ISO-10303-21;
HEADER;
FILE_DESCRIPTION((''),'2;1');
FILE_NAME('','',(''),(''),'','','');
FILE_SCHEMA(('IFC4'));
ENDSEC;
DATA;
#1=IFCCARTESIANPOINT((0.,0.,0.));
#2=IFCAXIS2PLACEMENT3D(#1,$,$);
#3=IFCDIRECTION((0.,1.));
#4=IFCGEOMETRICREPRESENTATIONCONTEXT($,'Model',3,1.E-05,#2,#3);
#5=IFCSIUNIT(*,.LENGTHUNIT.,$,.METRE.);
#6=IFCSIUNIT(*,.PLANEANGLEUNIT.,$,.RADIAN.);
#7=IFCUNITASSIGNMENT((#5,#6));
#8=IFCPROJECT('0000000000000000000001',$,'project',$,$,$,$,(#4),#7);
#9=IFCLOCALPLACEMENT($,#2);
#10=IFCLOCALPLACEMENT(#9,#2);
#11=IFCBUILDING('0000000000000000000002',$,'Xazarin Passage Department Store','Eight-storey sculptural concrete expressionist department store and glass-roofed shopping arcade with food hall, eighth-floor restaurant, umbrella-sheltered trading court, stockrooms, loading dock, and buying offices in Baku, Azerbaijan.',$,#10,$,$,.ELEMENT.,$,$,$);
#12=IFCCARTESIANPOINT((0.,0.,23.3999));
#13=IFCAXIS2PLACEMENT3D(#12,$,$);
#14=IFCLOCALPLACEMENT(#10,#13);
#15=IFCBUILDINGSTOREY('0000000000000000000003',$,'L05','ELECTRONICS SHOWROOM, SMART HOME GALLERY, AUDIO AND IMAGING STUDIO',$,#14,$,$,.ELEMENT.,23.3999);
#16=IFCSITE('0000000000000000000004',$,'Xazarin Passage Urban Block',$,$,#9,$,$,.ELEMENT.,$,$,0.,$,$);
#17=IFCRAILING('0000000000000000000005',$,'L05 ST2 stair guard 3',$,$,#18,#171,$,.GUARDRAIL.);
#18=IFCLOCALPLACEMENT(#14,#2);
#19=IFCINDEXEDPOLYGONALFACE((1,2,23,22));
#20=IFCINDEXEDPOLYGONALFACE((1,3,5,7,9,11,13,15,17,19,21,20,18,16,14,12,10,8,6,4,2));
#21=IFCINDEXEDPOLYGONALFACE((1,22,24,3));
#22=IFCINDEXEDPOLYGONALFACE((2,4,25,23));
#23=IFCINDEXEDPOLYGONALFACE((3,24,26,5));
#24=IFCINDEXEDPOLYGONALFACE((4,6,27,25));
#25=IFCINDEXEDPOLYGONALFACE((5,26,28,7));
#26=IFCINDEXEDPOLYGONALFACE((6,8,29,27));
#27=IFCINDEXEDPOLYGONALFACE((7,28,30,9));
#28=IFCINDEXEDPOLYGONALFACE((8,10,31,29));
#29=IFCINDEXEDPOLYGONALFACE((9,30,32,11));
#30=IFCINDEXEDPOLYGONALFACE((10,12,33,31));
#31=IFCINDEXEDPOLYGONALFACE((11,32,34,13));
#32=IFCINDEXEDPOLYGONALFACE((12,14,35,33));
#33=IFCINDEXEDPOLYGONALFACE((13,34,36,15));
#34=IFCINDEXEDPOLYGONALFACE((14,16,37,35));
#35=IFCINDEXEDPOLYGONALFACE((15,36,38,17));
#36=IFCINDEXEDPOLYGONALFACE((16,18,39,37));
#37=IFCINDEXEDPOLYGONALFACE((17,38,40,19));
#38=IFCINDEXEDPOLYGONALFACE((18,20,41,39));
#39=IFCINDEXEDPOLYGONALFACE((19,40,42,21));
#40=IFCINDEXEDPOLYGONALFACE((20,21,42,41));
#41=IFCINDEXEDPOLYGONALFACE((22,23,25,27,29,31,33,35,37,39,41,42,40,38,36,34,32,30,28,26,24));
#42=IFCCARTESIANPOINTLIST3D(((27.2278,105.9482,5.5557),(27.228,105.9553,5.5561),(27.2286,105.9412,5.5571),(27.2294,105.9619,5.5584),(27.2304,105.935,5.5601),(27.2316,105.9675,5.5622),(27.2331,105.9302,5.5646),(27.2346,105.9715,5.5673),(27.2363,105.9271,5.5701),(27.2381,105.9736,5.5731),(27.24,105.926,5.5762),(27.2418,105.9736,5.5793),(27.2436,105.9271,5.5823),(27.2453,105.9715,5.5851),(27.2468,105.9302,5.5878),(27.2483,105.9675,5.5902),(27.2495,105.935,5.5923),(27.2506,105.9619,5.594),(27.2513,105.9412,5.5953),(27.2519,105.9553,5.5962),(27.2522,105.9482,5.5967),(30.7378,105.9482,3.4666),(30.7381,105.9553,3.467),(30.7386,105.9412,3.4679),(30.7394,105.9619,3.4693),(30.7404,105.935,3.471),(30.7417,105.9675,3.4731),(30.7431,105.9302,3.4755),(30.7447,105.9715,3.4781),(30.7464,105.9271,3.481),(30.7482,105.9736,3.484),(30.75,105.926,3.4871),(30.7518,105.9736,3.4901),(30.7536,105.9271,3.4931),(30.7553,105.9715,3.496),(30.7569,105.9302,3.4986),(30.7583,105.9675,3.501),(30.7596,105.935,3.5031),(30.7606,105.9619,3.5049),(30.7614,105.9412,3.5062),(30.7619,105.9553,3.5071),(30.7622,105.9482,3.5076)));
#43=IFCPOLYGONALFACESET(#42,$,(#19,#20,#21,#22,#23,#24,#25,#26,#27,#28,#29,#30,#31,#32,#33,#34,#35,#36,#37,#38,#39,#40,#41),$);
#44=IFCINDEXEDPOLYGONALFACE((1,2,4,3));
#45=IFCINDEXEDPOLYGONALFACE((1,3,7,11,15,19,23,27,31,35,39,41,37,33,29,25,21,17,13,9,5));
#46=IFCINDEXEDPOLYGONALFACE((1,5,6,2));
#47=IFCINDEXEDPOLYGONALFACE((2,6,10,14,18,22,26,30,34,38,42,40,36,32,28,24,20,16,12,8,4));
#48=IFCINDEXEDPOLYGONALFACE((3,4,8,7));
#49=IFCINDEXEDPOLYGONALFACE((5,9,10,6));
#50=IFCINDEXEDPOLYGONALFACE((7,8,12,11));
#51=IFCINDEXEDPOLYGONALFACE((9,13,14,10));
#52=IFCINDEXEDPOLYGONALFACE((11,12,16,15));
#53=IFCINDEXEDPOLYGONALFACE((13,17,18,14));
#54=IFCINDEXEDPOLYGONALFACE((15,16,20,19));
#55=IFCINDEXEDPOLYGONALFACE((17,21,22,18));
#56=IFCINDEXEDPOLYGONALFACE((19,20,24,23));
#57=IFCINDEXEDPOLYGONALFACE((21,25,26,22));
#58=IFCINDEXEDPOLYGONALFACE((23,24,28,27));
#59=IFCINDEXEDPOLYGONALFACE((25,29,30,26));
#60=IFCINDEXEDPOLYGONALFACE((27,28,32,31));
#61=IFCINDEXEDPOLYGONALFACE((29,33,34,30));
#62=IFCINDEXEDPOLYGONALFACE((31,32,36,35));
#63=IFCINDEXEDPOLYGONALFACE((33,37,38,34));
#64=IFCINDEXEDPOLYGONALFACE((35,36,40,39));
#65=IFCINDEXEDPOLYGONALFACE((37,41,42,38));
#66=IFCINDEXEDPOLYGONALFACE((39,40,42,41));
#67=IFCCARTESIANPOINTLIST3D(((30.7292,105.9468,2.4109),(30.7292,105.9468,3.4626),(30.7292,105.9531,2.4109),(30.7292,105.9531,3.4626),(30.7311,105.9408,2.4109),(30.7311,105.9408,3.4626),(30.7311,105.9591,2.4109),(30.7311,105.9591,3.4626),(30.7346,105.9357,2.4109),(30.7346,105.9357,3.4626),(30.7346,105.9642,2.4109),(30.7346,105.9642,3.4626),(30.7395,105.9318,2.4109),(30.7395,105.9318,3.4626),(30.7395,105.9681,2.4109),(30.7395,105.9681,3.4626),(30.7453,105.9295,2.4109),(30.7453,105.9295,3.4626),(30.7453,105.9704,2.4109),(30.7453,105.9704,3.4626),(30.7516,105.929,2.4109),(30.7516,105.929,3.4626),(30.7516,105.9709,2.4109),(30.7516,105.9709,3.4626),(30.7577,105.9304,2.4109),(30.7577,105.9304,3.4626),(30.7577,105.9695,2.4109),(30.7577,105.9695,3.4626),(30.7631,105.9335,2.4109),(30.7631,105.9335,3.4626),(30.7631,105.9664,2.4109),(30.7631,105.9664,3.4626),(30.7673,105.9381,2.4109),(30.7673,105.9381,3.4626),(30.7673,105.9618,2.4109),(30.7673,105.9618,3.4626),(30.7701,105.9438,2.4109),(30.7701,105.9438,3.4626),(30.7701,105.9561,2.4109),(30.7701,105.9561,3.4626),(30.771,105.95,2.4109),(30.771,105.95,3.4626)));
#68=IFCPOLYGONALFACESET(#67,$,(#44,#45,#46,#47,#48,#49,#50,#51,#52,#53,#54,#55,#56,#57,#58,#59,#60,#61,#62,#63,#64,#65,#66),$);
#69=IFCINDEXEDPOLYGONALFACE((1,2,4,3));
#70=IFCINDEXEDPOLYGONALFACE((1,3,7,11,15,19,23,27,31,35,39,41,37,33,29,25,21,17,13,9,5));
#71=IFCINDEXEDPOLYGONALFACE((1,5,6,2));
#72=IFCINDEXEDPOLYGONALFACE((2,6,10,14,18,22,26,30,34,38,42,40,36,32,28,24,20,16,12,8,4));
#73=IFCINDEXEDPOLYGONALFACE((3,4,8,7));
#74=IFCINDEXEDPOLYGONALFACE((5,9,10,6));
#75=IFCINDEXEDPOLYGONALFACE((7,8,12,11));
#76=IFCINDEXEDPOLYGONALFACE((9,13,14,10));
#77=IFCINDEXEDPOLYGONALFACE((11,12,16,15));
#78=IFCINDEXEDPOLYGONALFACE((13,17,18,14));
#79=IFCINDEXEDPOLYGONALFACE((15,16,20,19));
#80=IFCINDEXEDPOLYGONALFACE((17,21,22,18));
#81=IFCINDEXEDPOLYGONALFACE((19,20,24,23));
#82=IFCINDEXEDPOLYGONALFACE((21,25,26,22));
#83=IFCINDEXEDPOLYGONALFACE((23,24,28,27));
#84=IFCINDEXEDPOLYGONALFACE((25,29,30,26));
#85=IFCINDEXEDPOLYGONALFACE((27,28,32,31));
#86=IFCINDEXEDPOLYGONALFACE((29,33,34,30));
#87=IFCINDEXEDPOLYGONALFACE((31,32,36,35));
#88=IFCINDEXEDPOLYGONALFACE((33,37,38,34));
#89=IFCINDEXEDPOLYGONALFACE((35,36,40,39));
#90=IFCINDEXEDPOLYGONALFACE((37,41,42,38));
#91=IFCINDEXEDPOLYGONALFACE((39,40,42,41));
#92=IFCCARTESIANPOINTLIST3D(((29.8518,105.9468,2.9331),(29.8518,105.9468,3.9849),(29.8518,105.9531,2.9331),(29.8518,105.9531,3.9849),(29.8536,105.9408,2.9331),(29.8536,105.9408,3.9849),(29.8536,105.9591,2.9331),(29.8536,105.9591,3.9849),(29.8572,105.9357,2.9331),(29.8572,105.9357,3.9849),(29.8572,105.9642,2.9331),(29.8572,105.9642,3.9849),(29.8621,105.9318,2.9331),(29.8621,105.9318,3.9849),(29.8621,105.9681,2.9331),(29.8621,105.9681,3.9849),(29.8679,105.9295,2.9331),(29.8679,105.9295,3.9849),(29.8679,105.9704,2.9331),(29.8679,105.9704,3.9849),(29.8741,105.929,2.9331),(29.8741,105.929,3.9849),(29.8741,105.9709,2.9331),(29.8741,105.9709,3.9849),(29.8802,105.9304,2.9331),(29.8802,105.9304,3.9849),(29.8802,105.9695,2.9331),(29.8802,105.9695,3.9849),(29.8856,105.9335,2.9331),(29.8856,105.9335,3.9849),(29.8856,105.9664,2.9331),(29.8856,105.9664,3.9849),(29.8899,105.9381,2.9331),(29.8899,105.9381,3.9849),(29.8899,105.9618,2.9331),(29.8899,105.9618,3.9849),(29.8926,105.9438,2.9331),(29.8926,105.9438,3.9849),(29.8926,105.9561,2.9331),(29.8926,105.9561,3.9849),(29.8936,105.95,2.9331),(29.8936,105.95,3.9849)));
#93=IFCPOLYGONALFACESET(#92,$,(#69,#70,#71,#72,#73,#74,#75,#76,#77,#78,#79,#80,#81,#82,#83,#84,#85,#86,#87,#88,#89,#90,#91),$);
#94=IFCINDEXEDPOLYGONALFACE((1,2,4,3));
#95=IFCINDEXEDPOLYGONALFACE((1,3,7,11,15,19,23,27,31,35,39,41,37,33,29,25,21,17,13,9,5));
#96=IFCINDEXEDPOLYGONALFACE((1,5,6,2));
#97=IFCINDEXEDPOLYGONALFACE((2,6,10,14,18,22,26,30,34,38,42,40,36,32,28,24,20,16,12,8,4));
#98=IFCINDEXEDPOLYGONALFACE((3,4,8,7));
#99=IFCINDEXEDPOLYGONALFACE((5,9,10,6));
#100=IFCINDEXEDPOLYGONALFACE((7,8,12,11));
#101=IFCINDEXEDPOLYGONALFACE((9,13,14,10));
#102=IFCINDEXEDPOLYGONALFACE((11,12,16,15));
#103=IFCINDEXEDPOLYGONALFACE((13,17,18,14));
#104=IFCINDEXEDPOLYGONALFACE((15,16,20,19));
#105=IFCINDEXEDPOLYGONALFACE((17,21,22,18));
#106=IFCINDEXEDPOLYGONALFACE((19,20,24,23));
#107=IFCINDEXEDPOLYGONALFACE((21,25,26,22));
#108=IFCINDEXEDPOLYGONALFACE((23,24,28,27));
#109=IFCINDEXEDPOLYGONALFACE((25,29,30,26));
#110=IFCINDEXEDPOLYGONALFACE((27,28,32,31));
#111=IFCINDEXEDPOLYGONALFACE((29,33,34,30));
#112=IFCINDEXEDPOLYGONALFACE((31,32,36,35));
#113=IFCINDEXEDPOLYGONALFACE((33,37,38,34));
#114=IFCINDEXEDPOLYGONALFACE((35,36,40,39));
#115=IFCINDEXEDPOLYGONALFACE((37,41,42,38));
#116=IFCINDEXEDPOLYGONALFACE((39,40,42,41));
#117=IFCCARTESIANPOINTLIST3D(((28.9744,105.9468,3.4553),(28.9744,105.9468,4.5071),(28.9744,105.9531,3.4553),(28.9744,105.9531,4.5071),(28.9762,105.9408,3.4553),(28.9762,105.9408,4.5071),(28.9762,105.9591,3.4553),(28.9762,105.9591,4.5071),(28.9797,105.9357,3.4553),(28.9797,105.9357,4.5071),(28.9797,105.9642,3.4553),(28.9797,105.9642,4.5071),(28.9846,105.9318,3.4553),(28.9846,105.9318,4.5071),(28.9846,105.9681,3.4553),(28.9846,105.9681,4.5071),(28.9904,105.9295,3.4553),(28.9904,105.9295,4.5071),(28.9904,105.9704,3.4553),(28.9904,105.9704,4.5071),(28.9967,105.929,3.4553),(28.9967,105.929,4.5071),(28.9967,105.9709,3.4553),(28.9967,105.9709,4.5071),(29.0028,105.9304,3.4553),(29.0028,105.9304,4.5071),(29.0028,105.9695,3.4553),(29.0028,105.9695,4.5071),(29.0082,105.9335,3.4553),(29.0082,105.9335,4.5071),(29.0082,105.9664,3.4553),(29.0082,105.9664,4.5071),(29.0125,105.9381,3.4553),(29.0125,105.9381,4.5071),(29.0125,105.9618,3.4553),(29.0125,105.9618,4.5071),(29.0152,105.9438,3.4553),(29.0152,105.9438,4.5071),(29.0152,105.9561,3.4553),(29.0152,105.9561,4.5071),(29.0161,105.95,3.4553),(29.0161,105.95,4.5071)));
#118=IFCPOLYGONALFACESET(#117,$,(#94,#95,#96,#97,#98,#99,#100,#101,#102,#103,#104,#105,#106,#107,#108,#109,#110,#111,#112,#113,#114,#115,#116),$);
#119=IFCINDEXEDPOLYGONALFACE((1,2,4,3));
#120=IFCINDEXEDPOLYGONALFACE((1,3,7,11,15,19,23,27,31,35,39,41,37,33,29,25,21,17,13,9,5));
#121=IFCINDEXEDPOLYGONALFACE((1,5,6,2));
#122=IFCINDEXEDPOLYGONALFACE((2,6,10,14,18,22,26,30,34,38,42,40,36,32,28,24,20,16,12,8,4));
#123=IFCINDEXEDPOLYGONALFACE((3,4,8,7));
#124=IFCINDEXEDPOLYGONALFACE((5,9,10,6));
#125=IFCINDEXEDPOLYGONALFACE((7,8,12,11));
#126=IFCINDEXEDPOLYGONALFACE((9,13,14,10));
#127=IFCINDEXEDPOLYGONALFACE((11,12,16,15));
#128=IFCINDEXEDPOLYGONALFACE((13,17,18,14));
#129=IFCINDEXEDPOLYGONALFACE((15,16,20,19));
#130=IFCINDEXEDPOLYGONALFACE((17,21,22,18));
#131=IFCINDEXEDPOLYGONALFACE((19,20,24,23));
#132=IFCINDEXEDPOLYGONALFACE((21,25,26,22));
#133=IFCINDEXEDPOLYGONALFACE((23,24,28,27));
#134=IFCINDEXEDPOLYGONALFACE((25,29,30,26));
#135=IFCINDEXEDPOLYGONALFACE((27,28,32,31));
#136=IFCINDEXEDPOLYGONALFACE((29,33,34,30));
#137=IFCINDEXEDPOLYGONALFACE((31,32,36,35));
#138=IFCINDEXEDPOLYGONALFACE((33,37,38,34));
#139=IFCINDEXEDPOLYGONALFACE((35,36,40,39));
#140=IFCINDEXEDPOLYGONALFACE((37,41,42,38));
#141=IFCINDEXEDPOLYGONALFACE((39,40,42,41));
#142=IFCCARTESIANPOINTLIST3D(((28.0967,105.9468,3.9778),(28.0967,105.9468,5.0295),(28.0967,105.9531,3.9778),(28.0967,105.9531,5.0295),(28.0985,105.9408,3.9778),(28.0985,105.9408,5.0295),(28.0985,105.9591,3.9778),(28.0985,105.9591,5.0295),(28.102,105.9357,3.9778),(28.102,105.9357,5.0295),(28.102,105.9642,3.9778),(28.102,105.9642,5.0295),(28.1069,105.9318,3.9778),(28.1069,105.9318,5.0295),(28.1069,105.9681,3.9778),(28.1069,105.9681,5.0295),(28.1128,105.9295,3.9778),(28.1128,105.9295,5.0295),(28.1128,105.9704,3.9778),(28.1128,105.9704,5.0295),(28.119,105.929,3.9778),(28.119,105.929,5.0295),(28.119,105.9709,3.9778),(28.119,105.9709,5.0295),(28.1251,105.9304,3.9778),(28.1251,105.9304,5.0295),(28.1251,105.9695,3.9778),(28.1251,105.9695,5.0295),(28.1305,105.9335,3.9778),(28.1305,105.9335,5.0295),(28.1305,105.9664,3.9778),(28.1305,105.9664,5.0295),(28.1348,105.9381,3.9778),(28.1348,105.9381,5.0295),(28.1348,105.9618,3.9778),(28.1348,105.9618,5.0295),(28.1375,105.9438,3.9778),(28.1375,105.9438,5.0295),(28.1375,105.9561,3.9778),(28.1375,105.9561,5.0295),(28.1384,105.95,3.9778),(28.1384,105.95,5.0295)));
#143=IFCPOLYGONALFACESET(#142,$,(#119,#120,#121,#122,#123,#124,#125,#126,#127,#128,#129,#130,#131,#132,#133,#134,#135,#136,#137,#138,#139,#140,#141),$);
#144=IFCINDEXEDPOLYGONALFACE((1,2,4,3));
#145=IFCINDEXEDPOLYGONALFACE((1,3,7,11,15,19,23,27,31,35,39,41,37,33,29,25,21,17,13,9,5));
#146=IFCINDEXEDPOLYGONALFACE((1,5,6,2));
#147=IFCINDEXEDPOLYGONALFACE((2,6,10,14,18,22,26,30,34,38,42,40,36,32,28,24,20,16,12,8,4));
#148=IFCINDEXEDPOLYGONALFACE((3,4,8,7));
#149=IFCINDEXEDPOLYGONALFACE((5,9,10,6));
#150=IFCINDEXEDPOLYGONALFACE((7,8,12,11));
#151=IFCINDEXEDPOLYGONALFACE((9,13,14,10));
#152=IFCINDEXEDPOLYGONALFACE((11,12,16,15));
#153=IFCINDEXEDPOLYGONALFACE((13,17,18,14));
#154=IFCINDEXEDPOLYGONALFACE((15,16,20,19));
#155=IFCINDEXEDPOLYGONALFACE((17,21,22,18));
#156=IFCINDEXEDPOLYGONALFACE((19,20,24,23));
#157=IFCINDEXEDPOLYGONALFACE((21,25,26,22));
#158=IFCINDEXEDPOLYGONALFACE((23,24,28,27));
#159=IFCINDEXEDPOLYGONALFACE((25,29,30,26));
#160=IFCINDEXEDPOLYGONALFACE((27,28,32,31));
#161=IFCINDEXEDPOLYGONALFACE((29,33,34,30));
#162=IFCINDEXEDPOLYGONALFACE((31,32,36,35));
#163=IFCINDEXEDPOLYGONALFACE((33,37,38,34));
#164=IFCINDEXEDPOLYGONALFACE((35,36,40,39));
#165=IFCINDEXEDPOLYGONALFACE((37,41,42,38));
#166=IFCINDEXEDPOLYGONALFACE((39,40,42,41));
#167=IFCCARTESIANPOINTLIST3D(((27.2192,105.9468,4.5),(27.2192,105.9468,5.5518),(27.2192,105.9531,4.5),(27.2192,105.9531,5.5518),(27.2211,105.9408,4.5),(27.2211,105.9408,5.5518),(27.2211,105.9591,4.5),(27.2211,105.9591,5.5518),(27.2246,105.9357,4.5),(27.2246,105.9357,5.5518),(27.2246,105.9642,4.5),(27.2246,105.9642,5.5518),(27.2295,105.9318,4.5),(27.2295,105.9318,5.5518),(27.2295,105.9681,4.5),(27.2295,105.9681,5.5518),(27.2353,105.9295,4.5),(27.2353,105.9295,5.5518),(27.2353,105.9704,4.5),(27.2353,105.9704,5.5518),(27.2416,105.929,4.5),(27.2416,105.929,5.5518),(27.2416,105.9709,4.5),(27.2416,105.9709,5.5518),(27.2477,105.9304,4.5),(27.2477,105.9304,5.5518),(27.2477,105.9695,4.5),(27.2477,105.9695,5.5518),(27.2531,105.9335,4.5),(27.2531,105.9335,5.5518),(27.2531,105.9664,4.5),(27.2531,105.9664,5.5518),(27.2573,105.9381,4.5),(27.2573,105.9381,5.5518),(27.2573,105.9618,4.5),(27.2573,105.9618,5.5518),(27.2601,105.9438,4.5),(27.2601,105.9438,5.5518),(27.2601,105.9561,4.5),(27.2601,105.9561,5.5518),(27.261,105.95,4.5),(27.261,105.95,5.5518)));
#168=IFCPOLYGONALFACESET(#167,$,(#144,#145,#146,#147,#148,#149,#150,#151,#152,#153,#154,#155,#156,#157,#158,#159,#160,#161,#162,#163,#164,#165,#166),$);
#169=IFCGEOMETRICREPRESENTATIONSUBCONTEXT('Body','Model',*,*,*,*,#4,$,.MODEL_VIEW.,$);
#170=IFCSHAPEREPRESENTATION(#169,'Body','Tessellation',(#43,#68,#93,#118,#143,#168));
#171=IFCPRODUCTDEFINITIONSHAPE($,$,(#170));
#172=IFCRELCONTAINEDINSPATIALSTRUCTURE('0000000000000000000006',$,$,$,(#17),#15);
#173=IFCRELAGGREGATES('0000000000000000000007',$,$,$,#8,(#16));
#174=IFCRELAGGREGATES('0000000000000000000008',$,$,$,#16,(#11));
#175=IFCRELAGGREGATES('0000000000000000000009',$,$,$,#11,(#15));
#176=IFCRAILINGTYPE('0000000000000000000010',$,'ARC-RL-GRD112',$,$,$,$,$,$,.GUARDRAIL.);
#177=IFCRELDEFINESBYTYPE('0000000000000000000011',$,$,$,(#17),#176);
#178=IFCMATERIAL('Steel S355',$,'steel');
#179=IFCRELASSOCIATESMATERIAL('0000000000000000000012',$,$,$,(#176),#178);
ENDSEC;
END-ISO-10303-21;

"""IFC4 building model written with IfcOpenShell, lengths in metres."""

from ifc_helpers import new_model, si_unit, direction, frame, origin, origin_2d, place, context, subcontext, project, spatial, circle, extrude, material, type_object, element, save


model = new_model("IFC4")

# Units and contexts
model_context = context("Model", 3, precision=1e-05, world=origin(), true_north=direction((0.0, 1.0)))
body_context = subcontext(model_context, "Body", "Model", "MODEL_VIEW")
ifc_project = project(units=[si_unit("LENGTHUNIT", "METRE"), si_unit("PLANEANGLEUNIT", "RADIAN")], contexts=[model_context])

# Site, building, storey
site_placement = place(None, origin())
site = spatial("IfcSite", under=ifc_project, at=site_placement, Name="Xazarin Passage Urban Block", CompositionType="ELEMENT", RefElevation=0.0)
building_placement = place(site_placement, origin())
building = spatial("IfcBuilding", under=site, at=building_placement, Name="Xazarin Passage Department Store", Description="Eight-storey sculptural concrete expressionist department store and glass-roofed shopping arcade with food hall, eighth-floor restaurant, umbrella-sheltered trading court, stockrooms, loading dock, and buying offices in Baku, Azerbaijan.", CompositionType="ELEMENT")
storey_placement = place(building_placement, frame((0.0, 0.0, 23.3999)))
storey = spatial("IfcBuildingStorey", under=building, at=storey_placement, Name="L05", Description="ELECTRONICS SHOWROOM, SMART HOME GALLERY, AUDIO AND IMAGING STUDIO", CompositionType="ELEMENT", Elevation=23.3999)

# Railing
ifc_material_1 = material(Name="Steel S355", Category="steel")
railing_type_1 = type_object("IfcRailingType", Name="ARC-RL-GRD112", PredefinedType="GUARDRAIL", material=ifc_material_1)
railing_1_placement = place(storey_placement, frame((30.75, 105.95, 2.4109)))
element("IfcRailing", 1, at=railing_1_placement, inside=storey, type_object=railing_type_1, Name="L05 ST2 stair guard 3", PredefinedType="GUARDRAIL", context=body_context, shape_type="SweptSolid", body=[
    extrude(circle(Radius=0.0239, at=origin_2d()), frame((0.0, 0.0, 1.0762), z_axis=(-0.859312, 0.0, 0.511451), x_axis=(0.0, -1.0, 0.0)), (0.0, 0.0, 1.0), 4.0847),
    extrude(circle(Radius=0.021, at=origin_2d()), origin(), (0.0, 0.0, 1.0), 1.0518),
    extrude(circle(Radius=0.021, at=origin_2d()), frame((-0.8774, 0.0, 0.5222)), (0.0, 0.0, 1.0), 1.0518),
    extrude(circle(Radius=0.021, at=origin_2d()), frame((-1.7549, 0.0, 1.0444)), (0.0, 0.0, 1.0), 1.0518),
    extrude(circle(Radius=0.021, at=origin_2d()), frame((-2.6326, 0.0, 1.5669)), (0.0, 0.0, 1.0), 1.0518),
    extrude(circle(Radius=0.021, at=origin_2d()), frame((-3.51, 0.0, 2.0891)), (0.0, 0.0, 1.0), 1.0518),
])

save(model, "model.ifc")
